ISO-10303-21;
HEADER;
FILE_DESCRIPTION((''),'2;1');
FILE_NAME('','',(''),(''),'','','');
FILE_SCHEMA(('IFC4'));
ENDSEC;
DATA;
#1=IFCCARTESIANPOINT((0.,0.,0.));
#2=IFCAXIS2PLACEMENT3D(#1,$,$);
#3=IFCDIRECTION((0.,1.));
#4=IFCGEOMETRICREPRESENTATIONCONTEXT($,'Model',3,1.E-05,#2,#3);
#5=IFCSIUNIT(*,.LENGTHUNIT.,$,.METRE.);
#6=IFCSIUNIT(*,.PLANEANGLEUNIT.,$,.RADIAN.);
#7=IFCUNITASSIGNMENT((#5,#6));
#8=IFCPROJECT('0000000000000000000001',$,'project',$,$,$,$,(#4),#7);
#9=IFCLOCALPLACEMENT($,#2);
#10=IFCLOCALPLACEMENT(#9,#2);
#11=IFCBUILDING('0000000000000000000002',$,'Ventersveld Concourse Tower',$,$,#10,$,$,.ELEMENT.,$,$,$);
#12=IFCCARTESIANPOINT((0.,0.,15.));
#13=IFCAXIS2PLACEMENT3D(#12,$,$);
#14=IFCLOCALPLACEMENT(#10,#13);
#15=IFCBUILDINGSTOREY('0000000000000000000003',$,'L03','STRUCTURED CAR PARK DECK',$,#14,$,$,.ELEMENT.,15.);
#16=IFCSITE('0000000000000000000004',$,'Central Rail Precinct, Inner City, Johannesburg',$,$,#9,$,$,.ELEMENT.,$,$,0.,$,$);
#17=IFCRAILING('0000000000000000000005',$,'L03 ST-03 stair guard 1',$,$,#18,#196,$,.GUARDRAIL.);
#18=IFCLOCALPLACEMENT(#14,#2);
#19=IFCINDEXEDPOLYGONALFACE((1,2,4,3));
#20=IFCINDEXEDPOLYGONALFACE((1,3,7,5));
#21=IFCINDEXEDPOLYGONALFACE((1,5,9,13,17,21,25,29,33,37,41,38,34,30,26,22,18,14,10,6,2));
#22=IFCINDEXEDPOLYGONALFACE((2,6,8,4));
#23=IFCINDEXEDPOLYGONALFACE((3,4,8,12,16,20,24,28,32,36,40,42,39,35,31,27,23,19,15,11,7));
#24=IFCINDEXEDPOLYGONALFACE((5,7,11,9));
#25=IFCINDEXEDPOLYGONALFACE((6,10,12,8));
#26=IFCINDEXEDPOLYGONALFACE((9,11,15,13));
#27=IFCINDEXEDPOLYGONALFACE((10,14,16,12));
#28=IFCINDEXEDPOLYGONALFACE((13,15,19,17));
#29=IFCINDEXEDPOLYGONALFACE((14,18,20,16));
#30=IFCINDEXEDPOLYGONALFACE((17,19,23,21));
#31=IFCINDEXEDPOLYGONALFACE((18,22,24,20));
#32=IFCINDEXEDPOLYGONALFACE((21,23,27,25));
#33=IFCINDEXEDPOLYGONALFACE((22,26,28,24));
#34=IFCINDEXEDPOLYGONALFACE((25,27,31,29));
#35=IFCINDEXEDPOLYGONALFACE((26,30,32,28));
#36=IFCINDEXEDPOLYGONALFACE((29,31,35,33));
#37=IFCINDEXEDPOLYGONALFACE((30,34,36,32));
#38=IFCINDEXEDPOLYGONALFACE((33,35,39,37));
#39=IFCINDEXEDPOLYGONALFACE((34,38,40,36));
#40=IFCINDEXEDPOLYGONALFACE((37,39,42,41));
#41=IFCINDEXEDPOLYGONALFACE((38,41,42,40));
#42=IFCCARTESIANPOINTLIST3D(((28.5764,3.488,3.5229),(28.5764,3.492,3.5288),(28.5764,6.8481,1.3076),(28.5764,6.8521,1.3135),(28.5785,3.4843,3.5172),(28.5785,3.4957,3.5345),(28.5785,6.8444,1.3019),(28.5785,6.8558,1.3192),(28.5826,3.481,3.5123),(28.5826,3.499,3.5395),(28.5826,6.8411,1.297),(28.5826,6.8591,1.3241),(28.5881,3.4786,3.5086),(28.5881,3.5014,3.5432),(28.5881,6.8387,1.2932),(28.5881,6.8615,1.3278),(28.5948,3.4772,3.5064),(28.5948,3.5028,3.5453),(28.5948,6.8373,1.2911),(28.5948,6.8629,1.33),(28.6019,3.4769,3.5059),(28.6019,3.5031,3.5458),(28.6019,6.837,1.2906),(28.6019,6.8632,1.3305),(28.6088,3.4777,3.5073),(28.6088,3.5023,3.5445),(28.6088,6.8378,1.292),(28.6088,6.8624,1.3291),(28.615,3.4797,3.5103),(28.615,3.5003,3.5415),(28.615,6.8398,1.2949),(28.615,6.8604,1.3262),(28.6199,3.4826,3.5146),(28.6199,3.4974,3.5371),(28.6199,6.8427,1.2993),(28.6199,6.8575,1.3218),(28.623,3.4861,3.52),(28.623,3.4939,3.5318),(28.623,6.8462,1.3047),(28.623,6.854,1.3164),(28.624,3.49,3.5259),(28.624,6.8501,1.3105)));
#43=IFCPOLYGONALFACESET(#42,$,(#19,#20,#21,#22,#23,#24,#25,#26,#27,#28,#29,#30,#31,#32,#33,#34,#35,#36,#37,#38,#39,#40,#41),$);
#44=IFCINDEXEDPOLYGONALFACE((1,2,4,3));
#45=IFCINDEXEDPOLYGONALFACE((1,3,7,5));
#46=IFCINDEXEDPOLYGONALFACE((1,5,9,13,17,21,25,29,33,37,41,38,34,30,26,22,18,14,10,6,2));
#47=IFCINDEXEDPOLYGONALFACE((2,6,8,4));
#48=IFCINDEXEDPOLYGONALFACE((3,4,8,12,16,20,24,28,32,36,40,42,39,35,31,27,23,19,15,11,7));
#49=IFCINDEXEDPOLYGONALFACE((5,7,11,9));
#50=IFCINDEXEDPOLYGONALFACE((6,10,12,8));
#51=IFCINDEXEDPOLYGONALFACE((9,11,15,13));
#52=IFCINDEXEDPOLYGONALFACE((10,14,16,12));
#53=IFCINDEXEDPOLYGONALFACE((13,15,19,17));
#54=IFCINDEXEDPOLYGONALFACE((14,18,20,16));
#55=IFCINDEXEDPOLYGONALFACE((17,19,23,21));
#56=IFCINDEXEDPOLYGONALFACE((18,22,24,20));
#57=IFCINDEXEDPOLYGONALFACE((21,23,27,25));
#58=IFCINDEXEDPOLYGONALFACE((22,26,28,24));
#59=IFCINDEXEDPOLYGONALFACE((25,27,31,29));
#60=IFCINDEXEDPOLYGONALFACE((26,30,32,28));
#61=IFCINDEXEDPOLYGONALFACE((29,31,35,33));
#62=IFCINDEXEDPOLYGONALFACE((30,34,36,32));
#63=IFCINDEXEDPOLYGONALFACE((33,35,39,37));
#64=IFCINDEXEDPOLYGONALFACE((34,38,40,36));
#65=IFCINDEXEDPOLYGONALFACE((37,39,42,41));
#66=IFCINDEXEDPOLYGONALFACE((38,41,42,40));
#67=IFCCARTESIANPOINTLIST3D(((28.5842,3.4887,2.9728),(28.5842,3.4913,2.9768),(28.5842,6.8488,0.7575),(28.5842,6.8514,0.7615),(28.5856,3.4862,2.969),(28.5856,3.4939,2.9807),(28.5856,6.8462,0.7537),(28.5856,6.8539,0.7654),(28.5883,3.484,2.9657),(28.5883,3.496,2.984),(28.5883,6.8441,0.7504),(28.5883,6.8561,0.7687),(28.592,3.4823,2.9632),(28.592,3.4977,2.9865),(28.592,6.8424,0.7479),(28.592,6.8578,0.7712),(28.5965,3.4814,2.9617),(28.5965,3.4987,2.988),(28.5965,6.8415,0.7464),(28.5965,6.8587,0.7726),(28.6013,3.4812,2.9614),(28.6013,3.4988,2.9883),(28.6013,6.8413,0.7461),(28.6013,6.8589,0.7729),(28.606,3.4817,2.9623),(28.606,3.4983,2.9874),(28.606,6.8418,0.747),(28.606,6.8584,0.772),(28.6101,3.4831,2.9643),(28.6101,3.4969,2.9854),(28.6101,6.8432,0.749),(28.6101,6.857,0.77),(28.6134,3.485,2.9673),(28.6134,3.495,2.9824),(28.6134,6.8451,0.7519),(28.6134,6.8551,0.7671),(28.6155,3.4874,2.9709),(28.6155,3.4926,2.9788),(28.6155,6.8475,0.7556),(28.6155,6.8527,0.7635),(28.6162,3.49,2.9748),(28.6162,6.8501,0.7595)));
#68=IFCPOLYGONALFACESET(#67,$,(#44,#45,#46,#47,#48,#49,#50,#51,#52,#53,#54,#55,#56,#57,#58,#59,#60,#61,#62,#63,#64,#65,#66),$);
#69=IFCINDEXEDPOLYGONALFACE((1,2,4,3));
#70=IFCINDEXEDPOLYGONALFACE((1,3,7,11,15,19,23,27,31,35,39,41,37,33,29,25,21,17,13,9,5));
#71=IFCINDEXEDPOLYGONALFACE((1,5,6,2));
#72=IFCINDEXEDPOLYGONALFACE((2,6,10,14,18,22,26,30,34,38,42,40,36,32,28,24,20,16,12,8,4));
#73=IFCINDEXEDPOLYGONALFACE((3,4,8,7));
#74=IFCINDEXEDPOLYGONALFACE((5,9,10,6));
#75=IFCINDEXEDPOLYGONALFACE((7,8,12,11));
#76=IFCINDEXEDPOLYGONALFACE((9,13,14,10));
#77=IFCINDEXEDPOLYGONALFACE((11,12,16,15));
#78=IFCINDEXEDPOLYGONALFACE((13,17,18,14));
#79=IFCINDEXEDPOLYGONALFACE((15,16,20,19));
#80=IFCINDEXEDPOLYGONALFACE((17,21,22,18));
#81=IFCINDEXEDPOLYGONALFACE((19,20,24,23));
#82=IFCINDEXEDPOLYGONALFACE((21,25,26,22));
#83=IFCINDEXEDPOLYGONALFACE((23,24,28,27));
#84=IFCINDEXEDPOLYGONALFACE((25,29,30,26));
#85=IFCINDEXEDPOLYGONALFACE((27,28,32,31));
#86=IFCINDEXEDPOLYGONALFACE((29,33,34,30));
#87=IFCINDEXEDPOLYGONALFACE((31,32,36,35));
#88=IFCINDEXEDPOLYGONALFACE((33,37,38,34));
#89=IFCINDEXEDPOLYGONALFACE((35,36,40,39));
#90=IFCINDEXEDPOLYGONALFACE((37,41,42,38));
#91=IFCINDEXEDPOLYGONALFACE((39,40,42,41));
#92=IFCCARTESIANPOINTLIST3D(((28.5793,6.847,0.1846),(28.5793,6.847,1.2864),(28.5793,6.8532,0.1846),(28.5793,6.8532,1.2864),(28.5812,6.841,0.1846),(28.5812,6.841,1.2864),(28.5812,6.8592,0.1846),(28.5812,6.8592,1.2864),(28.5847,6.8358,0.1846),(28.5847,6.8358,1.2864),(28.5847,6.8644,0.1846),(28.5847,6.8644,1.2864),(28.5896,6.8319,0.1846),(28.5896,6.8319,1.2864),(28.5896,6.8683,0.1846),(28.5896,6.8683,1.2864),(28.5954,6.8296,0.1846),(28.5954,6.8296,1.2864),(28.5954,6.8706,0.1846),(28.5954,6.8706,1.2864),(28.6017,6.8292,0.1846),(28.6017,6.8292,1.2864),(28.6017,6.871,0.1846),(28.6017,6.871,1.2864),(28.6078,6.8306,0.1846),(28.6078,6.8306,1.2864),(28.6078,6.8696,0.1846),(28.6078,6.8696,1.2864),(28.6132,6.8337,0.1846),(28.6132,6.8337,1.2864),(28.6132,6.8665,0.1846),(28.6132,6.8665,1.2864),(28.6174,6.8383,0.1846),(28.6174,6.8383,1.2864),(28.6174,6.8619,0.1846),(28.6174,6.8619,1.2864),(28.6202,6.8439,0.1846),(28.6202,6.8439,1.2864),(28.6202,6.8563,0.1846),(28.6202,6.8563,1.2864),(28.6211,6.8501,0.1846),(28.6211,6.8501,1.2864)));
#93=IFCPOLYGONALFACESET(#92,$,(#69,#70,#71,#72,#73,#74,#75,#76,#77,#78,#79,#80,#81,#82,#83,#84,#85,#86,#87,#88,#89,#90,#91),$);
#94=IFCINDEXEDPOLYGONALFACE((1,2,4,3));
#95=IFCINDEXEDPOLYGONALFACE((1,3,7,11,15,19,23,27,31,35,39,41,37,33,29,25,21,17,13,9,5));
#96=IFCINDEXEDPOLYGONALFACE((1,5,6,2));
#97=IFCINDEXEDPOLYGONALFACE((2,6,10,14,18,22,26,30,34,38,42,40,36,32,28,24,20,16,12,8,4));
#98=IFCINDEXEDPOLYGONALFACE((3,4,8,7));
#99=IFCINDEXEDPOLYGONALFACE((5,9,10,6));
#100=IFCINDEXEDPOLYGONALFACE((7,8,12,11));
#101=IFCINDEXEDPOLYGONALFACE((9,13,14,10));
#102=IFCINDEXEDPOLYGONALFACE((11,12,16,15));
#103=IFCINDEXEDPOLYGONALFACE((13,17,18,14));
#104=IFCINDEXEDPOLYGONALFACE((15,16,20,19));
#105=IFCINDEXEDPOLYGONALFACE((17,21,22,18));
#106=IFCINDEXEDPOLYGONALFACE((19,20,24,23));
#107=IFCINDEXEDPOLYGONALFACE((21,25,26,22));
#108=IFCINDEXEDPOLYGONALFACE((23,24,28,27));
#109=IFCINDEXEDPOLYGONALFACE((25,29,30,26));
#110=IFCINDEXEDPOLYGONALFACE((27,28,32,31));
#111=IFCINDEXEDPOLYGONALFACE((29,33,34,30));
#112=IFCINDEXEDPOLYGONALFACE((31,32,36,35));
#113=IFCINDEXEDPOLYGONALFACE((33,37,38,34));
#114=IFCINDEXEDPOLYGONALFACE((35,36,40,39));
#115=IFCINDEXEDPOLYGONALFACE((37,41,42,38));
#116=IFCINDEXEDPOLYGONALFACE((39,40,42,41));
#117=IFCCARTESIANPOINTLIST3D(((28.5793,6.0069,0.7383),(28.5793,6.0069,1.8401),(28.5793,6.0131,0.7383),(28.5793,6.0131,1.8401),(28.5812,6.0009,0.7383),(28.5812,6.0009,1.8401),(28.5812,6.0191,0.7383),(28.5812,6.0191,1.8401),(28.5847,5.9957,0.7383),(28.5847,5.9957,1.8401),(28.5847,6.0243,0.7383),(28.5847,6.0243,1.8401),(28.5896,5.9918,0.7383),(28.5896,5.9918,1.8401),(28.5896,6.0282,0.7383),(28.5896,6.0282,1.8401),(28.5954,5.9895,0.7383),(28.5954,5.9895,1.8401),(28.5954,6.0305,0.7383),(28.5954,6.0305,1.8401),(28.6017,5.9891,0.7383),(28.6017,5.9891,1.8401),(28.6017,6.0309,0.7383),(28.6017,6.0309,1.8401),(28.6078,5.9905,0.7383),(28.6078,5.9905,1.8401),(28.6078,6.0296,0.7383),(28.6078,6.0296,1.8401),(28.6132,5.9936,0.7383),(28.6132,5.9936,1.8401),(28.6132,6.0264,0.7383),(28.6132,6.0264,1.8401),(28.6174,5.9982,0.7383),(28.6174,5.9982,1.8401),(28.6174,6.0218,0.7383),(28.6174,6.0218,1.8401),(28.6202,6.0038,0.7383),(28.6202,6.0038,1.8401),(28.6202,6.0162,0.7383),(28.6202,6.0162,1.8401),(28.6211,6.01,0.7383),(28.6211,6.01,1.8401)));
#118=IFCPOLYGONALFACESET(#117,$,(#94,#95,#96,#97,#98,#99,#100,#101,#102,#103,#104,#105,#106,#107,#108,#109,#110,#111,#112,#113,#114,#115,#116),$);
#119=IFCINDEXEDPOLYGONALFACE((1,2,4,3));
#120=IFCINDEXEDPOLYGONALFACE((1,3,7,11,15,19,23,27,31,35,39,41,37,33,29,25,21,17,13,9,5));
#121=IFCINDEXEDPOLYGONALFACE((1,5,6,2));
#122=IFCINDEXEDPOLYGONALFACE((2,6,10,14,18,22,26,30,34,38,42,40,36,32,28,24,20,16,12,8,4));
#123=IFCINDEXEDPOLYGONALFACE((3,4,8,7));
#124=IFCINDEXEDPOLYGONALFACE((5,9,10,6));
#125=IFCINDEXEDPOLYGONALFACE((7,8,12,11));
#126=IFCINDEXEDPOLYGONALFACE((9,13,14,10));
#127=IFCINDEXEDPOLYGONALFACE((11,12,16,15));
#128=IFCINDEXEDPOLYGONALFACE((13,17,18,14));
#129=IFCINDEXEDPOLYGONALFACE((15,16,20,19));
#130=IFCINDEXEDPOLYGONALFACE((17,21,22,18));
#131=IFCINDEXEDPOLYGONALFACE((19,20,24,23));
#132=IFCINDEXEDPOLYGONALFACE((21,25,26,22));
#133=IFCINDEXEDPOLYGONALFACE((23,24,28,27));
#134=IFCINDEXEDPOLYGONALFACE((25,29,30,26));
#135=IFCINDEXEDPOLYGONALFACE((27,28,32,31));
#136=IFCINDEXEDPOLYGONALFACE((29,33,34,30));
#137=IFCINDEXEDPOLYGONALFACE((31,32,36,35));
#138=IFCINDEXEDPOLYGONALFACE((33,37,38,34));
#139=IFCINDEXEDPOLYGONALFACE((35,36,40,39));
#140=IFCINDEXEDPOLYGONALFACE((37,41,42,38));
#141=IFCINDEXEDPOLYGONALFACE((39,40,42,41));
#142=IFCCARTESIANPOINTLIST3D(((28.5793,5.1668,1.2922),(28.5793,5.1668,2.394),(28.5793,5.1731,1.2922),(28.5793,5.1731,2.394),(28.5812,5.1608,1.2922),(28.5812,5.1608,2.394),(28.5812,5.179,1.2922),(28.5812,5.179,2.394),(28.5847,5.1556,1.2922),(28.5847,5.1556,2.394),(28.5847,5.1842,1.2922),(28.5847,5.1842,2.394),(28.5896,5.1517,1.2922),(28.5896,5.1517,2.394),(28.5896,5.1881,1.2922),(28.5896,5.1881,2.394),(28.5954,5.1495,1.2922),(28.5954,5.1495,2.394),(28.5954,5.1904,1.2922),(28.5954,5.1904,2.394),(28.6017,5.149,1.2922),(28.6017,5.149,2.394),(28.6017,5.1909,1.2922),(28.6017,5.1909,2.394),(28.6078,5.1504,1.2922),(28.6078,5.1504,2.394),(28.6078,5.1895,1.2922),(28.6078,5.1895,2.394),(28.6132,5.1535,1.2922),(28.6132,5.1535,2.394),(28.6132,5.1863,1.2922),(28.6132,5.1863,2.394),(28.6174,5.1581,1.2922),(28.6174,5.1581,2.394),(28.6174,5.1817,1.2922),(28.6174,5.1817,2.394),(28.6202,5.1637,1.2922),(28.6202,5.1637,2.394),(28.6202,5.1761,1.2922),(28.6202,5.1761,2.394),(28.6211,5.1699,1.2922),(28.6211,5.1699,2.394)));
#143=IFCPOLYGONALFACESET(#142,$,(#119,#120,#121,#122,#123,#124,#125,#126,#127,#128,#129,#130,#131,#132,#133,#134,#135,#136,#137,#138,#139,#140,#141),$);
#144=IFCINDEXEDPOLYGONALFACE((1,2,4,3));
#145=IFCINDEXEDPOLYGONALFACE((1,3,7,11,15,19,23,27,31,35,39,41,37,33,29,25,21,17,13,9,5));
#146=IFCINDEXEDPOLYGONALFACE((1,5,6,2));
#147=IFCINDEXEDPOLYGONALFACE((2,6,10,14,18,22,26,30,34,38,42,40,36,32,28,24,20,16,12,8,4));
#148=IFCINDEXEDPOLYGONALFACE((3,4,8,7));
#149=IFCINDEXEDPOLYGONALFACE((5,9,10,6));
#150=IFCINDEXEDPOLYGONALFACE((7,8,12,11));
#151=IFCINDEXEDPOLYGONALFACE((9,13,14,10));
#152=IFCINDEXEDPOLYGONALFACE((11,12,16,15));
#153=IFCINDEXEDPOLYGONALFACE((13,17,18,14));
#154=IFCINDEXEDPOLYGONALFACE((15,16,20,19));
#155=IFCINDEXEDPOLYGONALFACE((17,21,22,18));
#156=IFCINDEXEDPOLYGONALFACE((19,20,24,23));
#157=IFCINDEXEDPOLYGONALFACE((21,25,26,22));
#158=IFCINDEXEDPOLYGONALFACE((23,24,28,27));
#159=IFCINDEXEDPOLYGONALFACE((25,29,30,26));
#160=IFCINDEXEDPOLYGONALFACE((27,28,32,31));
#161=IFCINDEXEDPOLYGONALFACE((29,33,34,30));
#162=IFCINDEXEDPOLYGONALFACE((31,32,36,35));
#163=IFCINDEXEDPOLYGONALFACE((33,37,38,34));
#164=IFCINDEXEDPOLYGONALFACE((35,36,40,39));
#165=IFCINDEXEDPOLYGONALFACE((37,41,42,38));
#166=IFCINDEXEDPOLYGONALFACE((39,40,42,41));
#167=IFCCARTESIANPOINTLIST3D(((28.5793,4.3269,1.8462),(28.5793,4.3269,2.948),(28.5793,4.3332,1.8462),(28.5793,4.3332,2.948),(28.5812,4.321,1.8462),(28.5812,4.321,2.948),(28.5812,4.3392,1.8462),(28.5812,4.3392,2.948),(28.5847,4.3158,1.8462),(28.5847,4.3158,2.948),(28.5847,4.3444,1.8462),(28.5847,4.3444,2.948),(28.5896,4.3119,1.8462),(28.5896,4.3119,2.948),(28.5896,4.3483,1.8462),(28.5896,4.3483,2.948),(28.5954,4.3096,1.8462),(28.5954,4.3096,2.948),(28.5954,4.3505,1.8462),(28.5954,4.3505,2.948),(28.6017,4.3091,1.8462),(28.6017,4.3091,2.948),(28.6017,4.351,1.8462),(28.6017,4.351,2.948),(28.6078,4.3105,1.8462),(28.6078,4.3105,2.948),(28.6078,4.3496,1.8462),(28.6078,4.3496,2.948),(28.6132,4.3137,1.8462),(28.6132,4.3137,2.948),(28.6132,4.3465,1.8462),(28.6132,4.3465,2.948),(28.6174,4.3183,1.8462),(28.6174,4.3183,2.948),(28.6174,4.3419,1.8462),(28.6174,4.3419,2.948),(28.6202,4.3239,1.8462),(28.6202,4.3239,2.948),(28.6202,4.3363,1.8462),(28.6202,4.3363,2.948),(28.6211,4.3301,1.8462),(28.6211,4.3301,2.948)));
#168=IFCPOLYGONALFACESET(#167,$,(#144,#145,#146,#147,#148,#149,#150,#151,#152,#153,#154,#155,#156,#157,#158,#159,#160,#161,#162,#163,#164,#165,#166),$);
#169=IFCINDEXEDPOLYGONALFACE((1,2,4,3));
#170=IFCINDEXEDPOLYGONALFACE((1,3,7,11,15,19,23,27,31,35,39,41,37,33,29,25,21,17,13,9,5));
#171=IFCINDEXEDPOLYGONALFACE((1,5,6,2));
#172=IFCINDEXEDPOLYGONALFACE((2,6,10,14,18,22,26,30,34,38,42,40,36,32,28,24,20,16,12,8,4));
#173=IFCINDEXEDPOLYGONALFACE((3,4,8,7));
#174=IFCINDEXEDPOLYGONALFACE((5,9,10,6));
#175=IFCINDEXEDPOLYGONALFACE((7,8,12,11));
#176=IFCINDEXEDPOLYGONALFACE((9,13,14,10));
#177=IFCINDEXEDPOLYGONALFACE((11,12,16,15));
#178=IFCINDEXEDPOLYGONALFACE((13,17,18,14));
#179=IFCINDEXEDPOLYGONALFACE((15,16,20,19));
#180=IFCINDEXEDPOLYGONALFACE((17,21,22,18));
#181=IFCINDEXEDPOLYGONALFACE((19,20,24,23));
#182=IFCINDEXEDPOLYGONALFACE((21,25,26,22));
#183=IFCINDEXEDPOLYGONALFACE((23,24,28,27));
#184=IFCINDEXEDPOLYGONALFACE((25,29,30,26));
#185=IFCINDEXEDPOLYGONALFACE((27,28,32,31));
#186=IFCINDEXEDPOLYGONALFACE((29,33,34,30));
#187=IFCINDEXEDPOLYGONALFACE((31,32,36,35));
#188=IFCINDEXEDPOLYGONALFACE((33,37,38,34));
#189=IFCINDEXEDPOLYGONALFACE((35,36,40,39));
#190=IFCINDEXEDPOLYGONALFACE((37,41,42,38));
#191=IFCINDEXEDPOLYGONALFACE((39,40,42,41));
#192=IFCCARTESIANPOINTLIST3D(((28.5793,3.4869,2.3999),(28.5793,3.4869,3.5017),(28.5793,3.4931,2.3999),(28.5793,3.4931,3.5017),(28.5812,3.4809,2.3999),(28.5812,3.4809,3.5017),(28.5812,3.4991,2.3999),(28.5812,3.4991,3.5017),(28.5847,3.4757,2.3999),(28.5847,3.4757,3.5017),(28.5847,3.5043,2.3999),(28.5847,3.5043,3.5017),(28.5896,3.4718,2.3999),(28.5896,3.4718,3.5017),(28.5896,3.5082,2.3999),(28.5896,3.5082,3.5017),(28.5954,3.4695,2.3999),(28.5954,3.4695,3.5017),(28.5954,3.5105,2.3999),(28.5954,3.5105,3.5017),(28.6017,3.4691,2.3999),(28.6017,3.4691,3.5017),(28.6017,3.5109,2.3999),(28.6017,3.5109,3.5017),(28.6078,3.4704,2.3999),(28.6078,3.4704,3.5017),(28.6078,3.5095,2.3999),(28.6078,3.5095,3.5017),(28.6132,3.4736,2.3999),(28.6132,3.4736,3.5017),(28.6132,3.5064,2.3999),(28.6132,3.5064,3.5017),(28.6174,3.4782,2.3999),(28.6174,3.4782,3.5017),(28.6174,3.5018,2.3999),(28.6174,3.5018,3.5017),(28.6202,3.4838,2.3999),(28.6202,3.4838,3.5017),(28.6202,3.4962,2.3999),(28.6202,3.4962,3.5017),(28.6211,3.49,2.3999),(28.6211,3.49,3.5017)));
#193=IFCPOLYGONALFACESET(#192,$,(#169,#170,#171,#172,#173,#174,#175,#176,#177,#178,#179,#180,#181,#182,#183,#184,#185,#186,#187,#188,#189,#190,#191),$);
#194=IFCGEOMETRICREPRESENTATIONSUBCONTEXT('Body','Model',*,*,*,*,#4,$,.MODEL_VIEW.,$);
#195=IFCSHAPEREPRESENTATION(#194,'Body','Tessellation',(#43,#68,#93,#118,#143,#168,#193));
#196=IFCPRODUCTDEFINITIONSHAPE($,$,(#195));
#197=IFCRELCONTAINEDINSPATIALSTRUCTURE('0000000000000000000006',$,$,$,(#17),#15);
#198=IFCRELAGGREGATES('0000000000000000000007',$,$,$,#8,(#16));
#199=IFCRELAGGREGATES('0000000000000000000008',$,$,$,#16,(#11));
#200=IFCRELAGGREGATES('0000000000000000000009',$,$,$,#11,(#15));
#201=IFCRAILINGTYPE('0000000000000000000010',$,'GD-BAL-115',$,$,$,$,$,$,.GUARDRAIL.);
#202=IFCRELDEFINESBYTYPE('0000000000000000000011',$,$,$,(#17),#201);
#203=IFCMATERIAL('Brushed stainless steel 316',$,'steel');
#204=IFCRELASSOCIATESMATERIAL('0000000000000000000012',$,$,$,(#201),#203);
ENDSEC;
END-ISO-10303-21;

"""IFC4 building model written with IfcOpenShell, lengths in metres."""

from ifc_helpers import new_model, si_unit, direction, frame, origin, origin_2d, place, context, subcontext, project, spatial, circle, extrude, material, type_object, element, save


model = new_model("IFC4")

# Units and contexts
model_context = context("Model", 3, precision=1e-05, world=origin(), true_north=direction((0.0, 1.0)))
body_context = subcontext(model_context, "Body", "Model", "MODEL_VIEW")
ifc_project = project(units=[si_unit("LENGTHUNIT", "METRE"), si_unit("PLANEANGLEUNIT", "RADIAN")], contexts=[model_context])

# Site, building, storey
site_placement = place(None, origin())
site = spatial("IfcSite", under=ifc_project, at=site_placement, Name="Central Rail Precinct, Inner City, Johannesburg", CompositionType="ELEMENT", RefElevation=0.0)
building_placement = place(site_placement, origin())
building = spatial("IfcBuilding", under=site, at=building_placement, Name="Ventersveld Concourse Tower", CompositionType="ELEMENT")
storey_placement = place(building_placement, frame((0.0, 0.0, 15.0)))
storey = spatial("IfcBuildingStorey", under=building, at=storey_placement, Name="L03", Description="STRUCTURED CAR PARK DECK", CompositionType="ELEMENT", Elevation=15.0)

# Railing
ifc_material_1 = material(Name="Brushed stainless steel 316", Category="steel")
railing_type_1 = type_object("IfcRailingType", Name="GD-BAL-115", PredefinedType="GUARDRAIL", material=ifc_material_1)
railing_1_placement = place(storey_placement, frame((28.6001, 6.8501, 0.1846)))
element("IfcRailing", 1, at=railing_1_placement, inside=storey, type_object=railing_type_1, Name="L03 ST-03 stair guard 1", PredefinedType="GUARDRAIL", context=body_context, shape_type="SweptSolid", body=[
    extrude(circle(Radius=0.0239, at=origin_2d()), frame((0.0, 0.0, 1.126), z_axis=(0.0, -0.834876, 0.550437), x_axis=(1.0, 0.0, 0.0)), (0.0, 0.0, 1.0), 4.0247),
    extrude(circle(Radius=0.0161, at=origin_2d()), frame((0.0, 0.0, 0.575), z_axis=(0.0, -0.834876, 0.550437), x_axis=(1.0, 0.0, 0.0)), (0.0, 0.0, 1.0), 4.0247),
    extrude(circle(Radius=0.021, at=origin_2d()), origin(), (0.0, 0.0, 1.0), 1.1018),
    extrude(circle(Radius=0.021, at=origin_2d()), frame((0.0, -0.8401, 0.5537)), (0.0, 0.0, 1.0), 1.1018),
    extrude(circle(Radius=0.021, at=origin_2d()), frame((0.0, -1.6802, 1.1077)), (0.0, 0.0, 1.0), 1.1018),
    extrude(circle(Radius=0.021, at=origin_2d()), frame((0.0, -2.52, 1.6616)), (0.0, 0.0, 1.0), 1.1018),
    extrude(circle(Radius=0.021, at=origin_2d()), frame((0.0, -3.3601, 2.2153)), (0.0, 0.0, 1.0), 1.1018),
])

save(model, "model.ifc")
